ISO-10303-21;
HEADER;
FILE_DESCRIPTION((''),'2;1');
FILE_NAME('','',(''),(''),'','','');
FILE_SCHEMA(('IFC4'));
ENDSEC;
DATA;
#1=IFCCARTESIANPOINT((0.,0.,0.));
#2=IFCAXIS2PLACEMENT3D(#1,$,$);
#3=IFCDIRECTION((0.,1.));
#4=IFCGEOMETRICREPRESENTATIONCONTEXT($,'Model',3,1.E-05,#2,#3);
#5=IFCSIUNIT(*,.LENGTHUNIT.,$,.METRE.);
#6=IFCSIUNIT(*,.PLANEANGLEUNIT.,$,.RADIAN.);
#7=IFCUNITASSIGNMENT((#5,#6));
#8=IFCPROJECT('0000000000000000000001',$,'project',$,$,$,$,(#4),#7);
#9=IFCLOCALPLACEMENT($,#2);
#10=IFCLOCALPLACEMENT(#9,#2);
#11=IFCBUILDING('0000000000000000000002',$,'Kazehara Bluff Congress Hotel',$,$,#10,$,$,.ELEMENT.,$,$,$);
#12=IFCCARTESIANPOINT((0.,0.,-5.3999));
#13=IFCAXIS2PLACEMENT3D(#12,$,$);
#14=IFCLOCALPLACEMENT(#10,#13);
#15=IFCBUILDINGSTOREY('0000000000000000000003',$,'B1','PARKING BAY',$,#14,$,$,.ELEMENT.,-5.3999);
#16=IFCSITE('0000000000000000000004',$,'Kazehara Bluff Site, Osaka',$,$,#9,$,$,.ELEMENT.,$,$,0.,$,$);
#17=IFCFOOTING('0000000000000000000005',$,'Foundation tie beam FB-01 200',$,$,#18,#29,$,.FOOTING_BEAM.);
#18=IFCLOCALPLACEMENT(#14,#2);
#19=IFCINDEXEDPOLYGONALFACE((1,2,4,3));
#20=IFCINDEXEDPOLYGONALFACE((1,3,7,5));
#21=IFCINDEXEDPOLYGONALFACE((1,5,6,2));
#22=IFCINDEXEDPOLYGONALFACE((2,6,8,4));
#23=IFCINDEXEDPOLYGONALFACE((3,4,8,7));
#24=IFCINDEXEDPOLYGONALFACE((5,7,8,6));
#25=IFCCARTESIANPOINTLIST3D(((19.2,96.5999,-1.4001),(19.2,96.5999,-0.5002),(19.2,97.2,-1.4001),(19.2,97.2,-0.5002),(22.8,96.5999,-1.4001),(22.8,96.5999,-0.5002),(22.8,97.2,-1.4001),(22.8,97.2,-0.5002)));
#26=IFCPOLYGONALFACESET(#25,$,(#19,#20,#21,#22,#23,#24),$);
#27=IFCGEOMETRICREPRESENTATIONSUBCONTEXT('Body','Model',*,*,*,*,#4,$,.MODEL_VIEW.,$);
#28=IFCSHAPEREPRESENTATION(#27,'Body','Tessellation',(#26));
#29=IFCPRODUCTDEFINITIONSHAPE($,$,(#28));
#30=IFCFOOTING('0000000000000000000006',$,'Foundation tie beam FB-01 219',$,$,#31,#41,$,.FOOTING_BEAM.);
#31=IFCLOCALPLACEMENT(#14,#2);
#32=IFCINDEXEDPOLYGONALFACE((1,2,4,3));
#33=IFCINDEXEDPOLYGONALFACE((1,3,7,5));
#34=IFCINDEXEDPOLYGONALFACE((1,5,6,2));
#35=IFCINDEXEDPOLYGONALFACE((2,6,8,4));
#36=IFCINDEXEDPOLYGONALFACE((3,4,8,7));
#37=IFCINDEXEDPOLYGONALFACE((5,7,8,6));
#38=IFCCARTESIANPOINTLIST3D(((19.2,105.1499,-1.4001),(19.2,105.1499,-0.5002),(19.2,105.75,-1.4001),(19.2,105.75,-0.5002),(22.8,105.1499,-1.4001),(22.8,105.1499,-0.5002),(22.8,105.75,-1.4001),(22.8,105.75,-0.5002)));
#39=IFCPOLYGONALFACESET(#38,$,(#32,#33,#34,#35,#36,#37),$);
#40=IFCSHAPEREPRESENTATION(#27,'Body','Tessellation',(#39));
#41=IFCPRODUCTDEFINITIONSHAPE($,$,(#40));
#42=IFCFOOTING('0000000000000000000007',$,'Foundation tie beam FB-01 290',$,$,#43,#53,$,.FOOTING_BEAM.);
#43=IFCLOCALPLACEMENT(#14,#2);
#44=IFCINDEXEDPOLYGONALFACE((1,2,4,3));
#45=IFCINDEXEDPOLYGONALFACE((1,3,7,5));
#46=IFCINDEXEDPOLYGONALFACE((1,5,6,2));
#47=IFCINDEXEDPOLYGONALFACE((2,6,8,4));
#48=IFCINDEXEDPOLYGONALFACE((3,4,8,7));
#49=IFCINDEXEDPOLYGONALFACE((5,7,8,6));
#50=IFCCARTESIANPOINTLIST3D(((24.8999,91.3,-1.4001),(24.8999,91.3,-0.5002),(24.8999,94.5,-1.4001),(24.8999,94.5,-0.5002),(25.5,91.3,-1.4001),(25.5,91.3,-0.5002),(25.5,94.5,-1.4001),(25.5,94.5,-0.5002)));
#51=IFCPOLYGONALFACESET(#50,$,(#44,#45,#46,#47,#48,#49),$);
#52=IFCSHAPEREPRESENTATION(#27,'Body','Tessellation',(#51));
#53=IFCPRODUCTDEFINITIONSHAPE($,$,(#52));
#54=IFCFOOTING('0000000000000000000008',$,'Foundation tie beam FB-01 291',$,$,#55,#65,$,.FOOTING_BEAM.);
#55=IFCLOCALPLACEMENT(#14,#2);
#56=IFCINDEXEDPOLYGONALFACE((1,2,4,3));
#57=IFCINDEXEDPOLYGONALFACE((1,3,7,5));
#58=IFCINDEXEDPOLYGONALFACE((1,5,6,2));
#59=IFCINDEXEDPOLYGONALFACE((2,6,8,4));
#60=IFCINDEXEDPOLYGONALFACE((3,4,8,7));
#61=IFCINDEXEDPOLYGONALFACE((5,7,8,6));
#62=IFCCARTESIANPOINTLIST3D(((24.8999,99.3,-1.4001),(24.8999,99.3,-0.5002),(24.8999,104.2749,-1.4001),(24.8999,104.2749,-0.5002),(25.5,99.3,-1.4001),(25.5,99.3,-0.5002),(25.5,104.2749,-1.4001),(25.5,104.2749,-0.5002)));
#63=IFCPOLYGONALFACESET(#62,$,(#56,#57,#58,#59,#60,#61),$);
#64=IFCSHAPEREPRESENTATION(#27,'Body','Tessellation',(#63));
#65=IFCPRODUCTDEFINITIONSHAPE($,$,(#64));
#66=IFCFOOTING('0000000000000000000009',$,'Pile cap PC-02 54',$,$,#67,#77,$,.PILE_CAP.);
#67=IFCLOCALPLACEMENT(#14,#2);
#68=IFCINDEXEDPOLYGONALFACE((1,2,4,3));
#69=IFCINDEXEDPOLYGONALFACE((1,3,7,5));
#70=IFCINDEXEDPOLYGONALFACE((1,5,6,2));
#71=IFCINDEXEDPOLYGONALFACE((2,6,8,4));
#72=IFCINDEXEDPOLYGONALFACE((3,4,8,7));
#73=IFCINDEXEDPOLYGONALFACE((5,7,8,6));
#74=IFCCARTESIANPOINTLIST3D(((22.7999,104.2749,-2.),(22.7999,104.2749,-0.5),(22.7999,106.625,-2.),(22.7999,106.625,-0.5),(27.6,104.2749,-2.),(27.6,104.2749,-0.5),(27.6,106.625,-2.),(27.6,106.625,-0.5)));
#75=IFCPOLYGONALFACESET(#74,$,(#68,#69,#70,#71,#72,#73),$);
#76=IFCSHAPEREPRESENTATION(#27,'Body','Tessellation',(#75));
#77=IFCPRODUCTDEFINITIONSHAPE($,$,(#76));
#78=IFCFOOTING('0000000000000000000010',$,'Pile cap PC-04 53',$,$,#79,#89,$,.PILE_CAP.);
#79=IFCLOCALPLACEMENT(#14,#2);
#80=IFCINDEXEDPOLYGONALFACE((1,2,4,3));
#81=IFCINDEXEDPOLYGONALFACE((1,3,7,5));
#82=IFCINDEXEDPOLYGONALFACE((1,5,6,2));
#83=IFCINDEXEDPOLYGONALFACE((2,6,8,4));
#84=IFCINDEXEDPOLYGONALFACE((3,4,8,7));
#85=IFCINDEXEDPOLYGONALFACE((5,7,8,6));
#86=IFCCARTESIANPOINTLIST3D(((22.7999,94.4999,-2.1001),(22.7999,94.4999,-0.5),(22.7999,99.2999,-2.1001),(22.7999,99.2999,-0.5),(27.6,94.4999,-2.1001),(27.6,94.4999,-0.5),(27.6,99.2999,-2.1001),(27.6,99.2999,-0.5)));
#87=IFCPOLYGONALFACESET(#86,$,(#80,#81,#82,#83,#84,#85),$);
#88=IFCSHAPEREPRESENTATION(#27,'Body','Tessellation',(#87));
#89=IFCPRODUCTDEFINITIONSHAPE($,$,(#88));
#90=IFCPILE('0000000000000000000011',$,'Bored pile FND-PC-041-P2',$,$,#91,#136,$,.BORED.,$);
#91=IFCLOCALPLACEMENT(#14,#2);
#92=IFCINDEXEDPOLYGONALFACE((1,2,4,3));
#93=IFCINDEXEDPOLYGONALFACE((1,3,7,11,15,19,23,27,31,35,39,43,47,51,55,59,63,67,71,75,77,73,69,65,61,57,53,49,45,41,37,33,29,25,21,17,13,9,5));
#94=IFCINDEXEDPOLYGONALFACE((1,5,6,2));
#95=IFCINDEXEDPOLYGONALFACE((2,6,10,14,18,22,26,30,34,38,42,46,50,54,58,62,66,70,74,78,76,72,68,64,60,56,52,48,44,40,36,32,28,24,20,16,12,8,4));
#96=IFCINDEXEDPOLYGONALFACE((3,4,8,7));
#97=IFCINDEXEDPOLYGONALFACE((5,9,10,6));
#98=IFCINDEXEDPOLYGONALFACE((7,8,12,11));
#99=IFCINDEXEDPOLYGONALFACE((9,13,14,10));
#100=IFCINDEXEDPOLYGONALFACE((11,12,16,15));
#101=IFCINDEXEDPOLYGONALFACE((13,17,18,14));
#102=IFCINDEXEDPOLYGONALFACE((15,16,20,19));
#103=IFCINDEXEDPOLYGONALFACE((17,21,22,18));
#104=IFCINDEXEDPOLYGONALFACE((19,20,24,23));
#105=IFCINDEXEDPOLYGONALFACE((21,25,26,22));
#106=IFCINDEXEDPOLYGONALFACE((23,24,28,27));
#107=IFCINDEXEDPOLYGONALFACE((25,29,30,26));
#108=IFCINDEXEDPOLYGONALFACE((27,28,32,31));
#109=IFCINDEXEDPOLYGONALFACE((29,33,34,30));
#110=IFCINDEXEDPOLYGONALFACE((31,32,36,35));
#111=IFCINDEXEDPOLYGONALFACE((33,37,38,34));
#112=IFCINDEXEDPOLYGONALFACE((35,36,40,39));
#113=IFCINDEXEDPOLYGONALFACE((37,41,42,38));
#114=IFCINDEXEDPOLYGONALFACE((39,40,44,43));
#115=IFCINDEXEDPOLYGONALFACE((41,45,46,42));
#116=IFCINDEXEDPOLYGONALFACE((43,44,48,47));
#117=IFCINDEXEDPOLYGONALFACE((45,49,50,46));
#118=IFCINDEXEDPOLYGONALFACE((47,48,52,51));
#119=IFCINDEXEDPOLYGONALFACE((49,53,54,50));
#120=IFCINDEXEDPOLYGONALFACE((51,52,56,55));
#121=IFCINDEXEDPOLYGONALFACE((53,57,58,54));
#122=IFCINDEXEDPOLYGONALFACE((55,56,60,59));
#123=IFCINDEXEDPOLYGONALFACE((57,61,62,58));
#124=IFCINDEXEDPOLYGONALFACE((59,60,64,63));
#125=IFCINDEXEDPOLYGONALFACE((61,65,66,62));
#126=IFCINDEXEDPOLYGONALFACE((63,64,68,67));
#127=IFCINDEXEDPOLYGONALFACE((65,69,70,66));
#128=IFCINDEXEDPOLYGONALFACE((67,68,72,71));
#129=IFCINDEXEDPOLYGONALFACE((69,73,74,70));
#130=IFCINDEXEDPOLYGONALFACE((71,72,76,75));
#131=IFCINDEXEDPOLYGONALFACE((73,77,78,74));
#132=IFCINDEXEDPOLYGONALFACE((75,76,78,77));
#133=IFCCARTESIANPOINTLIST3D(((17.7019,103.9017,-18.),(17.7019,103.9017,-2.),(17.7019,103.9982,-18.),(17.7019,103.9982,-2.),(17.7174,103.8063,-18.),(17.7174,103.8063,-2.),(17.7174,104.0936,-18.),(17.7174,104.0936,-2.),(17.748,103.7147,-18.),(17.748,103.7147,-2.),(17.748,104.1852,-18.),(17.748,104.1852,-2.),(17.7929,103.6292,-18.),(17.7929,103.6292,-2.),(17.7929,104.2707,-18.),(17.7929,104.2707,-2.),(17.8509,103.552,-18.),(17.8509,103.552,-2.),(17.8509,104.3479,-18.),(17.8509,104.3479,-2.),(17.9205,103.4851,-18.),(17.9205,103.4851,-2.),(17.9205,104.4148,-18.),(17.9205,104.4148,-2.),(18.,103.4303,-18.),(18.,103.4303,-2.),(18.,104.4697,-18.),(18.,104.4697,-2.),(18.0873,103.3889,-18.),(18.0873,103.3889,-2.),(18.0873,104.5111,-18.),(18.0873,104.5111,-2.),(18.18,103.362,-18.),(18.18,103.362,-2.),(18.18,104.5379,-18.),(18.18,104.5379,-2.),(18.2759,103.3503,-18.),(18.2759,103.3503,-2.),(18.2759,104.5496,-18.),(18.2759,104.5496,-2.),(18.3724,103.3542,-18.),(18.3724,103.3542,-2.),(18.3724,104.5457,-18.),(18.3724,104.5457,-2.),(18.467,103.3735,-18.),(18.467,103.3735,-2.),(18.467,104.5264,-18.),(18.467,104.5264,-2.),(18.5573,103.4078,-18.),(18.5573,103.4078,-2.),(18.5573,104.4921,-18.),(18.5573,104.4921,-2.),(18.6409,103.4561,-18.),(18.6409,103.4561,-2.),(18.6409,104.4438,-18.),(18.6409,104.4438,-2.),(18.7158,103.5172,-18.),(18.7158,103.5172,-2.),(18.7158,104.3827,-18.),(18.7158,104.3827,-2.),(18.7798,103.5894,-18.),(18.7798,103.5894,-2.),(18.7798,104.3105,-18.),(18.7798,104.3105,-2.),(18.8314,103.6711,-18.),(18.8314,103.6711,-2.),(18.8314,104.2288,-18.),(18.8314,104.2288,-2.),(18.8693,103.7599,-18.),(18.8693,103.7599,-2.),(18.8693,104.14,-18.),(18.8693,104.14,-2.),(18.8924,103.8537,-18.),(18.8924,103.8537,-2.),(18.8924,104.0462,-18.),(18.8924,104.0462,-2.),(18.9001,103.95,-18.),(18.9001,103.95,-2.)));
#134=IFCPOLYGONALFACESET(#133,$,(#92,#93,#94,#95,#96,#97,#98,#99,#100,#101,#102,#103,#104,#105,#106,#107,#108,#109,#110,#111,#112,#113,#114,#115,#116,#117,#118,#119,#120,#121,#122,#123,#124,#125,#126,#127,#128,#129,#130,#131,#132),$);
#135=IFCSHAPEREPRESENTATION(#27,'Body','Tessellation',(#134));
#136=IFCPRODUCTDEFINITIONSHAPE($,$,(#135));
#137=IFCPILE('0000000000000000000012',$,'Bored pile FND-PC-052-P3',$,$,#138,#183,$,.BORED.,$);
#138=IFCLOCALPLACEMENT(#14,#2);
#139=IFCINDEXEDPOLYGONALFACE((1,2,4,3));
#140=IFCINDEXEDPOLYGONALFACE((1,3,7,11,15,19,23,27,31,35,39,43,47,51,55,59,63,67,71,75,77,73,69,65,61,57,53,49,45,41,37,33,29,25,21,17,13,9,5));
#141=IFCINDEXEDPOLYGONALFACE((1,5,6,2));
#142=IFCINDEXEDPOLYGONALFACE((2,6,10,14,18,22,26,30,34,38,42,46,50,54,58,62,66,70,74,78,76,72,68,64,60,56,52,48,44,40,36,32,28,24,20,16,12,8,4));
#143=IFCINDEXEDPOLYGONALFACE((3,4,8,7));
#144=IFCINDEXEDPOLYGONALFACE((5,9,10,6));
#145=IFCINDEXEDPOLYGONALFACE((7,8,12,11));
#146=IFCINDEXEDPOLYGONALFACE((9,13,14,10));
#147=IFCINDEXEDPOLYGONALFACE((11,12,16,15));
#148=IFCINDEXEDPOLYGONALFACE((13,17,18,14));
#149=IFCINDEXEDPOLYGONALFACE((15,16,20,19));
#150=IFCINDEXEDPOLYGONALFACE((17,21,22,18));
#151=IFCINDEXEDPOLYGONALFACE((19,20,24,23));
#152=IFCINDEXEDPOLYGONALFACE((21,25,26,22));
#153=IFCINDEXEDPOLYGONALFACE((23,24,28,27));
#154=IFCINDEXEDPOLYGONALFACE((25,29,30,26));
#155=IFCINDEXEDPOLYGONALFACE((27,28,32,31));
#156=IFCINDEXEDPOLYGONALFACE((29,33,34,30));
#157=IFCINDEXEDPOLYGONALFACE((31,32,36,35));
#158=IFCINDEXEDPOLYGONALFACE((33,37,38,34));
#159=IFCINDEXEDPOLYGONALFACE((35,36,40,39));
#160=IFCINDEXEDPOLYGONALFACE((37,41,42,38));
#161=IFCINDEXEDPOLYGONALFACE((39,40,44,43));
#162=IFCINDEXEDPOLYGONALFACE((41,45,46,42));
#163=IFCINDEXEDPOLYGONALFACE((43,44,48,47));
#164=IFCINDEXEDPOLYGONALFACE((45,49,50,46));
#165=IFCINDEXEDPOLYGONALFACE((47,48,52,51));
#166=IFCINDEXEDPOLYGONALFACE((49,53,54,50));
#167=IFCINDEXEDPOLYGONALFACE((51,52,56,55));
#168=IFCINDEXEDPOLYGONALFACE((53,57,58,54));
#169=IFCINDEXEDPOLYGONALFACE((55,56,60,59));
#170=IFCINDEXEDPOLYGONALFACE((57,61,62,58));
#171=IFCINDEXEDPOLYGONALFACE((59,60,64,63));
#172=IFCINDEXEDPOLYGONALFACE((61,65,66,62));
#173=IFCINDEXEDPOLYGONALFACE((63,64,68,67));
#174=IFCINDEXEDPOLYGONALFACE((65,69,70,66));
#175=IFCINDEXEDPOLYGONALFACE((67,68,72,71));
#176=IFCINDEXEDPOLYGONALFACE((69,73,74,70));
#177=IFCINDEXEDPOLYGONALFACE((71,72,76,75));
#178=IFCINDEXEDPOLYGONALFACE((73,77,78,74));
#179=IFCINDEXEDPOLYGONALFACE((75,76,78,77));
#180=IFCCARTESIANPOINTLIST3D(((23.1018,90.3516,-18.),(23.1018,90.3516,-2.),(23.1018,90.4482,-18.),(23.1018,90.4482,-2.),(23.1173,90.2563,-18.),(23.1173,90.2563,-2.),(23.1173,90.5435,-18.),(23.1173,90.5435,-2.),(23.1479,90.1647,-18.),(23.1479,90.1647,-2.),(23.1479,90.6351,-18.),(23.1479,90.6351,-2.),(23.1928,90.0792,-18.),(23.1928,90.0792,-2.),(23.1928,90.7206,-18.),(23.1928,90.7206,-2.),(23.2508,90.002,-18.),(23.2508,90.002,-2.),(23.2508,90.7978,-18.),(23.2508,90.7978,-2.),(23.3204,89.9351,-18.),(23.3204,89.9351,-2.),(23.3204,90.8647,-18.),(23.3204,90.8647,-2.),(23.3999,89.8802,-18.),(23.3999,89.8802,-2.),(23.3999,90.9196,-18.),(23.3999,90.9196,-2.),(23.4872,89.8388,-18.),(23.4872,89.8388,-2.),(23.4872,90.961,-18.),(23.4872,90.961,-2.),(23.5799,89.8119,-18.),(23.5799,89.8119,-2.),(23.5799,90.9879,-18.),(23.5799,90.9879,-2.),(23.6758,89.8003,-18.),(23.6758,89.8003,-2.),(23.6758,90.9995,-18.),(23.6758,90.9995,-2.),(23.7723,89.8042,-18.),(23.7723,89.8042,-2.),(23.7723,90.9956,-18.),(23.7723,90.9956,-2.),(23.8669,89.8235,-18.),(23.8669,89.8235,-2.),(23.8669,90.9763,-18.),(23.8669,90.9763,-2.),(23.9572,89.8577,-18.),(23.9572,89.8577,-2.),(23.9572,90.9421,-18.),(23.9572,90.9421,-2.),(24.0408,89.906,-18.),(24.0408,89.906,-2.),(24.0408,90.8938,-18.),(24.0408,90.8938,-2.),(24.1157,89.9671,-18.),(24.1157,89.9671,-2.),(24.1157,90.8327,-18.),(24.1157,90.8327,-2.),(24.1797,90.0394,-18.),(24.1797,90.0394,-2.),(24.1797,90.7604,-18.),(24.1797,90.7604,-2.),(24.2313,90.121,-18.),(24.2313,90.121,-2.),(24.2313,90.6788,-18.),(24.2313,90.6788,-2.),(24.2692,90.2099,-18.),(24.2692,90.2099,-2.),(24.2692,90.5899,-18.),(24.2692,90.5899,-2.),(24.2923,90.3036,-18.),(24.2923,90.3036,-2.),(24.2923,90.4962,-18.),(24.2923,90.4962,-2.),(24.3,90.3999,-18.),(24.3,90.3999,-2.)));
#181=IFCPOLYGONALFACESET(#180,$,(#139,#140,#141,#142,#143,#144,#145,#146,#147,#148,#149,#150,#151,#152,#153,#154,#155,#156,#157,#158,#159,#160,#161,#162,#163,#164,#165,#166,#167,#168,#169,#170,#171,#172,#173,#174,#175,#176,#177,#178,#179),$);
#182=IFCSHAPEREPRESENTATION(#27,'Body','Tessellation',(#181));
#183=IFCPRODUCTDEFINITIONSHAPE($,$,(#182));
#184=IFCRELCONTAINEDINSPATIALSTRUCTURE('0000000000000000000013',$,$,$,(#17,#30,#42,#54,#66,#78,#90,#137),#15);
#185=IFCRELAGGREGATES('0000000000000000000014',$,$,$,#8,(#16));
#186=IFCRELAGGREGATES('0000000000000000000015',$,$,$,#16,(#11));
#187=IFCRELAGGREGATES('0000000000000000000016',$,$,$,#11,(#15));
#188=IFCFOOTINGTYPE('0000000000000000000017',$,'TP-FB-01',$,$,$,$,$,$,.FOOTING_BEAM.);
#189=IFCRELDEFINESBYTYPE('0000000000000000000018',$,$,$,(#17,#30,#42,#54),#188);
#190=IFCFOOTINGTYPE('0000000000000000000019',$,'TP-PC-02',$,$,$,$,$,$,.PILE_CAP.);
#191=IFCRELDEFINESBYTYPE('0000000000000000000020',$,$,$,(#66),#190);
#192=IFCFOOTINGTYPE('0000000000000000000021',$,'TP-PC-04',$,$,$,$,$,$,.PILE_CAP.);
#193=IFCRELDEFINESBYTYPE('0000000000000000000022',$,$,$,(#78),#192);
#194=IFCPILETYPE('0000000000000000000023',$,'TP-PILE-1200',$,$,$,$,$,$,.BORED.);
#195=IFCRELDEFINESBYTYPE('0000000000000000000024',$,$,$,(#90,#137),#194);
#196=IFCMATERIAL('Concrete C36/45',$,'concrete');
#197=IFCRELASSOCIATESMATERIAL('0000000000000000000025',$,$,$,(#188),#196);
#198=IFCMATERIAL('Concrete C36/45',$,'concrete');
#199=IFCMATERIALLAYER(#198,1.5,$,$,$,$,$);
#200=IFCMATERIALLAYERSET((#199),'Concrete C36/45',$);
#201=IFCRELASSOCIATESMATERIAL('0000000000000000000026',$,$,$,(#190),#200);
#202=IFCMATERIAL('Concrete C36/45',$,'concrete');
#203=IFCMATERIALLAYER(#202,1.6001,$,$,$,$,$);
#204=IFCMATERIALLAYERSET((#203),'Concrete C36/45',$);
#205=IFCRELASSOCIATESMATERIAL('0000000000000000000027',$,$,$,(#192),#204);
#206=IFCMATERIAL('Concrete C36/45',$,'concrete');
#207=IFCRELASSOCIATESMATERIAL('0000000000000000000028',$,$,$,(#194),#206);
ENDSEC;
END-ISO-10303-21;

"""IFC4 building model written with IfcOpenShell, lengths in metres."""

from ifc_helpers import new_model, si_unit, direction, frame, origin, origin_2d, place, context, subcontext, project, spatial, rectangle, circle, extrude, material, layer, layer_set, material_profile, profile_set, type_object, element, save


model = new_model("IFC4")

# Units and contexts
model_context = context("Model", 3, precision=1e-05, world=origin(), true_north=direction((0.0, 1.0)))
body_context = subcontext(model_context, "Body", "Model", "MODEL_VIEW")
ifc_project = project(units=[si_unit("LENGTHUNIT", "METRE"), si_unit("PLANEANGLEUNIT", "RADIAN")], contexts=[model_context])

# Site, building, storey
site_placement = place(None, origin())
site = spatial("IfcSite", under=ifc_project, at=site_placement, Name="Kazehara Bluff Site, Osaka", CompositionType="ELEMENT", RefElevation=0.0)
building_placement = place(site_placement, origin())
building = spatial("IfcBuilding", under=site, at=building_placement, Name="Kazehara Bluff Congress Hotel", CompositionType="ELEMENT")
storey_placement = place(building_placement, frame((0.0, 0.0, -5.3999)))
storey = spatial("IfcBuildingStorey", under=building, at=storey_placement, Name="B1", Description="PARKING BAY", CompositionType="ELEMENT", Elevation=-5.3999)

# Footings
ifc_material_1 = material(Name="Concrete C36/45", Category="concrete")
ifc_material_profile_1 = material_profile(ifc_material_1, rectangle(XDim=0.6001, YDim=0.8999, at=origin_2d()))
ifc_profile_set_1 = profile_set([ifc_material_profile_1], Name="Concrete C36/45")
footing_type_1 = type_object("IfcFootingType", Name="TP-FB-01", PredefinedType="FOOTING_BEAM", material=ifc_profile_set_1)
for number, where, z_axis, x_axis, name in (
    (1, (19.2, 96.8999, -0.9502), (1.0, 0.0, 0.0), (0.0, 1.0, 0.0), "Foundation tie beam FB-01 200"),
    (2, (19.2, 105.45, -0.9502), (1.0, 0.0, 0.0), (0.0, 1.0, 0.0), "Foundation tie beam FB-01 219"),
):
    element("IfcFooting", number, at=place(storey_placement, frame(where, z_axis=z_axis, x_axis=x_axis)), inside=storey, type_object=footing_type_1, Name=name, PredefinedType="FOOTING_BEAM", context=body_context, shape_type="SweptSolid", body=[
        extrude(rectangle(XDim=0.6001, YDim=0.8999, at=origin_2d()), origin(), (0.0, 0.0, 1.0), 3.6001),
    ])
footing_1_placement = place(storey_placement, frame((25.2, 91.3, -0.9502), z_axis=(0.0, 1.0, 0.0), x_axis=(-1.0, 0.0, 0.0)))
element("IfcFooting", 3, at=footing_1_placement, inside=storey, type_object=footing_type_1, Name="Foundation tie beam FB-01 290", PredefinedType="FOOTING_BEAM", context=body_context, shape_type="SweptSolid", body=[
    extrude(rectangle(XDim=0.6001, YDim=0.8999, at=origin_2d()), origin(), (0.0, 0.0, 1.0), 3.2),
])
footing_2_placement = place(storey_placement, frame((25.2, 99.3, -0.9502), z_axis=(0.0, 1.0, 0.0), x_axis=(-1.0, 0.0, 0.0)))
element("IfcFooting", 4, at=footing_2_placement, inside=storey, type_object=footing_type_1, Name="Foundation tie beam FB-01 291", PredefinedType="FOOTING_BEAM", context=body_context, shape_type="SweptSolid", body=[
    extrude(rectangle(XDim=0.6001, YDim=0.8999, at=origin_2d()), origin(), (0.0, 0.0, 1.0), 4.9749),
])
ifc_material_2 = material(Name="Concrete C36/45", Category="concrete")
ifc_layer_1 = layer(ifc_material_2, 1.5)
ifc_layer_set_1 = layer_set([ifc_layer_1], Name="Concrete C36/45")
footing_type_2 = type_object("IfcFootingType", Name="TP-PC-02", PredefinedType="PILE_CAP", material=ifc_layer_set_1)
footing_3_placement = place(storey_placement, frame((25.2, 105.45, -2.0), z_axis=(0.0, 0.0, 1.0), x_axis=(1.0, 0.0, 0.0)))
element("IfcFooting", 5, at=footing_3_placement, inside=storey, type_object=footing_type_2, Name="Pile cap PC-02 54", PredefinedType="PILE_CAP", context=body_context, shape_type="SweptSolid", body=[
    extrude(rectangle(XDim=4.8, YDim=2.3501, at=origin_2d()), origin(), (0.0, 0.0, 1.0), 1.5),
])
ifc_material_3 = material(Name="Concrete C36/45", Category="concrete")
ifc_layer_2 = layer(ifc_material_3, 1.6001)
ifc_layer_set_2 = layer_set([ifc_layer_2], Name="Concrete C36/45")
footing_type_3 = type_object("IfcFootingType", Name="TP-PC-04", PredefinedType="PILE_CAP", material=ifc_layer_set_2)
footing_4_placement = place(storey_placement, frame((25.2, 96.8999, -2.1001), z_axis=(0.0, 0.0, 1.0), x_axis=(1.0, 0.0, 0.0)))
element("IfcFooting", 6, at=footing_4_placement, inside=storey, type_object=footing_type_3, Name="Pile cap PC-04 53", PredefinedType="PILE_CAP", context=body_context, shape_type="SweptSolid", body=[
    extrude(rectangle(XDim=4.8, YDim=4.8, at=origin_2d()), origin(), (0.0, 0.0, 1.0), 1.6001),
])

# Piles
ifc_material_4 = material(Name="Concrete C36/45", Category="concrete")
ifc_material_profile_2 = material_profile(ifc_material_4, circle(Radius=0.6001, at=origin_2d()))
ifc_profile_set_2 = profile_set([ifc_material_profile_2], Name="Concrete C36/45")
pile_type = type_object("IfcPileType", Name="TP-PILE-1200", PredefinedType="BORED", material=ifc_profile_set_2)
for number, where, z_axis, x_axis, name in (
    (7, (18.3, 103.95, -2.0), (0.0, 0.0, -1.0), (1.0, 0.0, 0.0), "Bored pile FND-PC-041-P2"),
    (8, (23.7, 90.3999, -2.0), (0.0, 0.0, -1.0), (1.0, 0.0, 0.0), "Bored pile FND-PC-052-P3"),
):
    element("IfcPile", number, at=place(storey_placement, frame(where, z_axis=z_axis, x_axis=x_axis)), inside=storey, type_object=pile_type, Name=name, PredefinedType="BORED", context=body_context, shape_type="SweptSolid", body=[
        extrude(circle(Radius=0.6001, at=origin_2d()), origin(), (0.0, 0.0, 1.0), 16.0),
    ])

save(model, "model.ifc")
